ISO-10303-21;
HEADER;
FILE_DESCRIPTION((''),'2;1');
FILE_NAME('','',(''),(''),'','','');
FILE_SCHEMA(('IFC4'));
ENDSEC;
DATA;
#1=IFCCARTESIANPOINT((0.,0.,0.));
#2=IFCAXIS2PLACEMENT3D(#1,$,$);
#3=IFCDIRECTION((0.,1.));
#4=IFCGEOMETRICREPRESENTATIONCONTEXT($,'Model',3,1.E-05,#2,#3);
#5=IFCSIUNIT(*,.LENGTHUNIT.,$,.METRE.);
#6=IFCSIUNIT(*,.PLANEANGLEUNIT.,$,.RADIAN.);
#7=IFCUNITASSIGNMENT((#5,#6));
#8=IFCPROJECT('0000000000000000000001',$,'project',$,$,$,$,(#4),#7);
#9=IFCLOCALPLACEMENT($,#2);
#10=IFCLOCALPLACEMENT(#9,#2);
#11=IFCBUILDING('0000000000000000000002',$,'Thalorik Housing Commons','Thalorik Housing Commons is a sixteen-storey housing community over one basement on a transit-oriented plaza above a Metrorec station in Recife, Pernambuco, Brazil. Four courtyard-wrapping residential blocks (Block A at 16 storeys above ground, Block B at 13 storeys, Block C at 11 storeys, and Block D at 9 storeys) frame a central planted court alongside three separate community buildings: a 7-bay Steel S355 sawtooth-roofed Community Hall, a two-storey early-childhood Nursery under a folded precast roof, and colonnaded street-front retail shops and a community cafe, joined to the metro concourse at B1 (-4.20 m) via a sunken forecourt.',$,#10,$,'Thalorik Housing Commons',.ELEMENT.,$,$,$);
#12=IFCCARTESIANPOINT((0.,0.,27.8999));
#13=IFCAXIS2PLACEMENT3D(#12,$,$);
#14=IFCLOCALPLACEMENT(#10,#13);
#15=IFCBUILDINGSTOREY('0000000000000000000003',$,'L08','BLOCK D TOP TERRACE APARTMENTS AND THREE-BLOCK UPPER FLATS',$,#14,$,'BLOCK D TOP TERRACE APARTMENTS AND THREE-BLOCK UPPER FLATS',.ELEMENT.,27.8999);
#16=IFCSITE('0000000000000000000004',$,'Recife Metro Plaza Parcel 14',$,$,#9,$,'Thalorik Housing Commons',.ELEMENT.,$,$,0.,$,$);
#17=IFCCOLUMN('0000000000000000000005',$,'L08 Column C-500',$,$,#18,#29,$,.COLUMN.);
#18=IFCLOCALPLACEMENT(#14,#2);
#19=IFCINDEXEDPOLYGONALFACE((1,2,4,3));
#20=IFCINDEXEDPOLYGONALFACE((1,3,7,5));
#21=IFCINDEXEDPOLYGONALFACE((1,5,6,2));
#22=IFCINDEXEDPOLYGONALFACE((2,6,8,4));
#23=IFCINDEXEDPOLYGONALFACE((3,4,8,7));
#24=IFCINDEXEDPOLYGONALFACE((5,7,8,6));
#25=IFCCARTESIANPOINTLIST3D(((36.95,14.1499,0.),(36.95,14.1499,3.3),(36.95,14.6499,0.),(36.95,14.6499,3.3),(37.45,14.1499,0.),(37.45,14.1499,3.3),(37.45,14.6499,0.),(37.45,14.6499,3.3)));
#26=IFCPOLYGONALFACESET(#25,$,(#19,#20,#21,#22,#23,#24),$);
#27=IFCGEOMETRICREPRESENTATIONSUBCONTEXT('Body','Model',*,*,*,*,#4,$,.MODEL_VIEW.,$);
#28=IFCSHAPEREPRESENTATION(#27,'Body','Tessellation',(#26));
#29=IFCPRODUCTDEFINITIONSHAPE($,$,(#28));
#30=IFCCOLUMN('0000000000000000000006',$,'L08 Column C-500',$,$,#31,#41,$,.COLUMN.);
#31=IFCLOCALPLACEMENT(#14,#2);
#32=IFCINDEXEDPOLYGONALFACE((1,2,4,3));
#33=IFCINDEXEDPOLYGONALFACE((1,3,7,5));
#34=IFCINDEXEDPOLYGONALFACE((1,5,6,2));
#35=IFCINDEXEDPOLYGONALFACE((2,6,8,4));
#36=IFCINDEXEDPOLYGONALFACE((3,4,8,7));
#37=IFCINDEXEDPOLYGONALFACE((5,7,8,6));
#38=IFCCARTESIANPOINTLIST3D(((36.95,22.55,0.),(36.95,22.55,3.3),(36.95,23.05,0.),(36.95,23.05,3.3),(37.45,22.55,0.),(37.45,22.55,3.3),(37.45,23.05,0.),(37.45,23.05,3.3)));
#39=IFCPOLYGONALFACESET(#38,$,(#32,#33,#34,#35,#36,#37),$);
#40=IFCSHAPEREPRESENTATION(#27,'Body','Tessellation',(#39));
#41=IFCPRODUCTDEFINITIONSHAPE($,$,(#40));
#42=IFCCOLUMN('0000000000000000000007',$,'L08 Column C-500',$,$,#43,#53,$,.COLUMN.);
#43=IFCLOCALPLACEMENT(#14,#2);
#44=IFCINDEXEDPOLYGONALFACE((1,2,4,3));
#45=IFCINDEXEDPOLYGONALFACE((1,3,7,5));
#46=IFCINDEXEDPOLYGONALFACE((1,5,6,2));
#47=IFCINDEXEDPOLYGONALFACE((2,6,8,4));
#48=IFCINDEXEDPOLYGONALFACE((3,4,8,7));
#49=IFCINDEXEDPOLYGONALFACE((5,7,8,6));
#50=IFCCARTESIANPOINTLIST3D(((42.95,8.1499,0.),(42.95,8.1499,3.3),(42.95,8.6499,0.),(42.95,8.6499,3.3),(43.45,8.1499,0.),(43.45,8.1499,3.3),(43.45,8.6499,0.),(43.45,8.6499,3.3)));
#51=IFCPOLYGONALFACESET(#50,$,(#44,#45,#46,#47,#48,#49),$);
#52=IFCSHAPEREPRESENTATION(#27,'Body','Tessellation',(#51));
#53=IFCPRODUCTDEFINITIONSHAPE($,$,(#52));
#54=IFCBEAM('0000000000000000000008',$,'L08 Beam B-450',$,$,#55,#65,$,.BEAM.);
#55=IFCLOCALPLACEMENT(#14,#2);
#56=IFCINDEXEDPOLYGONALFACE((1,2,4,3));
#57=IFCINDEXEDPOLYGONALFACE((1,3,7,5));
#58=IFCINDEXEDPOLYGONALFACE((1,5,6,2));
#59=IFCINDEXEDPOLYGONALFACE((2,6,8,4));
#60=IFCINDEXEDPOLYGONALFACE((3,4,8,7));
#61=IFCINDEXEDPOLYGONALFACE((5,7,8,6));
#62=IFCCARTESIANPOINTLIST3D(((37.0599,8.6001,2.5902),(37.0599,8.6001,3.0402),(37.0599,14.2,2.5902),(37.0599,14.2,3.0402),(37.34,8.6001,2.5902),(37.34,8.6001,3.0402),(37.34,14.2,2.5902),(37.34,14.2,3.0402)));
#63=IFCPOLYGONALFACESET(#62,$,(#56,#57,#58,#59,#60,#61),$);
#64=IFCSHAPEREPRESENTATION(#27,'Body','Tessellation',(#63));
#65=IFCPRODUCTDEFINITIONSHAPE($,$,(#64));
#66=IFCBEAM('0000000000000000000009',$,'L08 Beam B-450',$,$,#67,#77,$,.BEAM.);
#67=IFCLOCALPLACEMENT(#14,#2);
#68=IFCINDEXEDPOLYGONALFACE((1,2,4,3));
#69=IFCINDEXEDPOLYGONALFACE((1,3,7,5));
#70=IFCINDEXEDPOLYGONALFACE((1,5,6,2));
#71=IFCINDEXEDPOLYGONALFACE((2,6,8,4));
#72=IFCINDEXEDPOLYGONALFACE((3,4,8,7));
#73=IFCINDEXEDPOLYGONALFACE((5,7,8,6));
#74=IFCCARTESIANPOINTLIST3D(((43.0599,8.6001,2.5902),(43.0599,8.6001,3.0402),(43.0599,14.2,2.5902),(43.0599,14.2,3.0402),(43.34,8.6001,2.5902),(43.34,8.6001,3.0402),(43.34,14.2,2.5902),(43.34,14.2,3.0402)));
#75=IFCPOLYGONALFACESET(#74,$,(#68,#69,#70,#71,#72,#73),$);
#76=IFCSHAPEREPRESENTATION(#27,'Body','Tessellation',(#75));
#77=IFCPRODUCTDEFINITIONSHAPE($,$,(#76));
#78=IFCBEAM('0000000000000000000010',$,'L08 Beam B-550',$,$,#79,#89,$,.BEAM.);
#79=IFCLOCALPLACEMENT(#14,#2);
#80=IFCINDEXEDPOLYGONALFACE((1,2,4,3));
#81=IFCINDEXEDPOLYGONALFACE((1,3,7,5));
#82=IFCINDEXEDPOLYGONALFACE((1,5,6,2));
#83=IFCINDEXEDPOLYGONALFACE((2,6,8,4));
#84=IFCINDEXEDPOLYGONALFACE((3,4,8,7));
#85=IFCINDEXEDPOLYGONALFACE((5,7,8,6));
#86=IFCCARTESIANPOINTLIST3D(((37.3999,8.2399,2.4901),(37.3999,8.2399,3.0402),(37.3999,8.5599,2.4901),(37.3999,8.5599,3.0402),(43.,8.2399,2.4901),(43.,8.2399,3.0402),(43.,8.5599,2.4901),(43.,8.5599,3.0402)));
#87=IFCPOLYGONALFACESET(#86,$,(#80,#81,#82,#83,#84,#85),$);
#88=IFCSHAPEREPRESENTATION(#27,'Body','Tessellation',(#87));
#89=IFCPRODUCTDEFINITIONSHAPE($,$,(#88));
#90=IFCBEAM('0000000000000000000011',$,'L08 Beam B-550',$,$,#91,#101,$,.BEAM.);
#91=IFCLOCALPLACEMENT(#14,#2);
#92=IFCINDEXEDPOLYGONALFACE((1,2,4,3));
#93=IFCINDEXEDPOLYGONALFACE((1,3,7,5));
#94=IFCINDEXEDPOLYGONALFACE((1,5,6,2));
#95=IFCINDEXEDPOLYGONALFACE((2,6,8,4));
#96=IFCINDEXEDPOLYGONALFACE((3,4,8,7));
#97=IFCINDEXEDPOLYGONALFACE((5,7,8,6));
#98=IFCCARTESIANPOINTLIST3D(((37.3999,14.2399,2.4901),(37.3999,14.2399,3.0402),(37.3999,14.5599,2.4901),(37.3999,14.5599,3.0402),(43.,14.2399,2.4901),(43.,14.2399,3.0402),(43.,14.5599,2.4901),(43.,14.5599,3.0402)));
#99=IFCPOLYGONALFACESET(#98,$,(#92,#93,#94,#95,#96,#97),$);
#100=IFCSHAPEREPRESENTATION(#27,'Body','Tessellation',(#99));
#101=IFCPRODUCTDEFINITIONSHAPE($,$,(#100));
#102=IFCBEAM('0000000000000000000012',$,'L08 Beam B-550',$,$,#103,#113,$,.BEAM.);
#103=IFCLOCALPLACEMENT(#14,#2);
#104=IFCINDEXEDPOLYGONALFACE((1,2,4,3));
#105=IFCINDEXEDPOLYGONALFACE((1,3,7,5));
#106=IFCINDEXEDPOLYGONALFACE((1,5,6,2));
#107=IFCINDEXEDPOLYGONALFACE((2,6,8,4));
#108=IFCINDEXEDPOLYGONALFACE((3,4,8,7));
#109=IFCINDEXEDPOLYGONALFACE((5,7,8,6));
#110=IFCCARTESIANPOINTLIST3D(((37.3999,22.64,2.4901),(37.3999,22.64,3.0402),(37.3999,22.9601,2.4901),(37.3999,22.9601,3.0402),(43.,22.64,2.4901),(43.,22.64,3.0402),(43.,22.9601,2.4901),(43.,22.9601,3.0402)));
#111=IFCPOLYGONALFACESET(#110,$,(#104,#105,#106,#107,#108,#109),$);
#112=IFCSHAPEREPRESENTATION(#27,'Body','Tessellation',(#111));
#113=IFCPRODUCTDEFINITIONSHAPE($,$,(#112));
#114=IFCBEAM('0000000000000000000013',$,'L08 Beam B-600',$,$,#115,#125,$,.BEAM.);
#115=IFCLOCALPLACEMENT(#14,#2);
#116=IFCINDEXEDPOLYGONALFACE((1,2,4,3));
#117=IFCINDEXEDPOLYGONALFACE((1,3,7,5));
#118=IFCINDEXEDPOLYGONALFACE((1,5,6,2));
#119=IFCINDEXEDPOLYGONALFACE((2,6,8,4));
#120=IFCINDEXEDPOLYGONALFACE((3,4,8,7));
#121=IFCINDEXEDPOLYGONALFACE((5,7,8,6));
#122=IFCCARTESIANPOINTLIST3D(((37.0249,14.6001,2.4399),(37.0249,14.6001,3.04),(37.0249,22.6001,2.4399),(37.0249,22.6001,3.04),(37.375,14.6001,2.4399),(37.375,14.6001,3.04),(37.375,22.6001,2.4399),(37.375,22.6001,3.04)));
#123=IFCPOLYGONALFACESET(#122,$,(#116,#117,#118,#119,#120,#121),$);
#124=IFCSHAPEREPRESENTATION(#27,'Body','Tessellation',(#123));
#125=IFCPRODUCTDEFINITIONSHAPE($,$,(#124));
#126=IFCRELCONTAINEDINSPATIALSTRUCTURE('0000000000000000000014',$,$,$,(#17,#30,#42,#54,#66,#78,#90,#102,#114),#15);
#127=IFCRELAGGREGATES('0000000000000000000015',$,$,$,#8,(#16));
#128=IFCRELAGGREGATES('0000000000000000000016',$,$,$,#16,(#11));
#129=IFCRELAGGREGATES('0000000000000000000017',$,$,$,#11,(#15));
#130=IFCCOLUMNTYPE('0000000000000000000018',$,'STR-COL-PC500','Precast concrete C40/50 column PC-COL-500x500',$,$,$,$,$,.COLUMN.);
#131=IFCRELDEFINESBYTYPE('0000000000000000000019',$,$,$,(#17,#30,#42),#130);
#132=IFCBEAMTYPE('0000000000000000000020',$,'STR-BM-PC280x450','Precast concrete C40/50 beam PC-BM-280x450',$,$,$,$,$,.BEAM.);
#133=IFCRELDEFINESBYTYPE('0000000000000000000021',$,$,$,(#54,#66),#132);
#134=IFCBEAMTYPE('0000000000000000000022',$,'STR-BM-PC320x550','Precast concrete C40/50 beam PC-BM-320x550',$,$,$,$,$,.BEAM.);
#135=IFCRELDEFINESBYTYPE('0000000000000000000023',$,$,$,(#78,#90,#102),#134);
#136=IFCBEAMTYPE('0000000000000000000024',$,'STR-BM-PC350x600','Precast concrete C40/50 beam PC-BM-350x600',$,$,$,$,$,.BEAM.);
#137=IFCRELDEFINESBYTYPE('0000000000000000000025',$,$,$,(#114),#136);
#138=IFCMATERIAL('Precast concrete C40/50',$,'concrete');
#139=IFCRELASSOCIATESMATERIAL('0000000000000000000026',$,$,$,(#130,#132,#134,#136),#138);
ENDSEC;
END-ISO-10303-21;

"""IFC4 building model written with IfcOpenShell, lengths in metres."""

from ifc_helpers import new_model, si_unit, direction, frame, origin, origin_2d, place, context, subcontext, project, spatial, rectangle, extrude, material, material_profile, profile_set, type_object, element, save


model = new_model("IFC4")

# Units and contexts
model_context = context("Model", 3, precision=1e-05, world=origin(), true_north=direction((0.0, 1.0)))
body_context = subcontext(model_context, "Body", "Model", "MODEL_VIEW")
ifc_project = project(units=[si_unit("LENGTHUNIT", "METRE"), si_unit("PLANEANGLEUNIT", "RADIAN")], contexts=[model_context])

# Site, building, storey
site_placement = place(None, origin())
site = spatial("IfcSite", under=ifc_project, at=site_placement, Name="Recife Metro Plaza Parcel 14", LongName="Thalorik Housing Commons", CompositionType="ELEMENT", RefElevation=0.0)
building_placement = place(site_placement, origin())
building = spatial("IfcBuilding", under=site, at=building_placement, Name="Thalorik Housing Commons", Description="Thalorik Housing Commons is a sixteen-storey housing community over one basement on a transit-oriented plaza above a Metrorec station in Recife, Pernambuco, Brazil. Four courtyard-wrapping residential blocks (Block A at 16 storeys above ground, Block B at 13 storeys, Block C at 11 storeys, and Block D at 9 storeys) frame a central planted court alongside three separate community buildings: a 7-bay Steel S355 sawtooth-roofed Community Hall, a two-storey early-childhood Nursery under a folded precast roof, and colonnaded street-front retail shops and a community cafe, joined to the metro concourse at B1 (-4.20 m) via a sunken forecourt.", LongName="Thalorik Housing Commons", CompositionType="ELEMENT")
storey_placement = place(building_placement, frame((0.0, 0.0, 27.8999)))
storey = spatial("IfcBuildingStorey", under=building, at=storey_placement, Name="L08", Description="BLOCK D TOP TERRACE APARTMENTS AND THREE-BLOCK UPPER FLATS", LongName="BLOCK D TOP TERRACE APARTMENTS AND THREE-BLOCK UPPER FLATS", CompositionType="ELEMENT", Elevation=27.8999)

# Columns
ifc_material_1 = material(Name="Precast concrete C40/50", Category="concrete")
ifc_material_profile_1 = material_profile(ifc_material_1, rectangle(XDim=0.5, YDim=0.5, at=origin_2d()), Name="PC 500x500", Category="concrete")
ifc_profile_set_1 = profile_set([ifc_material_profile_1], Name="Precast concrete C40/50")
column_type = type_object("IfcColumnType", Name="STR-COL-PC500", Description="Precast concrete C40/50 column PC-COL-500x500", PredefinedType="COLUMN", material=ifc_profile_set_1)
for number, where, z_axis, x_axis, name in (
    (1, (37.2, 14.3999, 0.0), (0.0, 0.0, 1.0), (1.0, 0.0, 0.0), "L08 Column C-500"),
    (2, (37.2, 22.8, 0.0), (0.0, 0.0, 1.0), (1.0, 0.0, 0.0), "L08 Column C-500"),
    (3, (43.2, 8.3999, 0.0), (0.0, 0.0, 1.0), (1.0, 0.0, 0.0), "L08 Column C-500"),
):
    element("IfcColumn", number, at=place(storey_placement, frame(where, z_axis=z_axis, x_axis=x_axis)), inside=storey, type_object=column_type, Name=name, PredefinedType="COLUMN", context=body_context, shape_type="SweptSolid", body=[
        extrude(rectangle(XDim=0.5, YDim=0.5, at=origin_2d()), origin(), (0.0, 0.0, 1.0), 3.3),
    ])

# Beams
ifc_material_profile_2 = material_profile(ifc_material_1, rectangle(XDim=0.28, YDim=0.45, at=origin_2d()), Name="PC 280x450", Category="concrete")
ifc_profile_set_2 = profile_set([ifc_material_profile_2], Name="Precast concrete C40/50")
beam_type_1 = type_object("IfcBeamType", Name="STR-BM-PC280x450", Description="Precast concrete C40/50 beam PC-BM-280x450", PredefinedType="BEAM", material=ifc_profile_set_2)
for number, where, z_axis, x_axis, name in (
    (4, (37.2, 8.6001, 2.8152), (0.0, 1.0, 0.0), (-1.0, 0.0, 0.0), "L08 Beam B-450"),
    (5, (43.2, 8.6001, 2.8152), (0.0, 1.0, 0.0), (-1.0, 0.0, 0.0), "L08 Beam B-450"),
):
    element("IfcBeam", number, at=place(storey_placement, frame(where, z_axis=z_axis, x_axis=x_axis)), inside=storey, type_object=beam_type_1, Name=name, PredefinedType="BEAM", context=body_context, shape_type="SweptSolid", body=[
        extrude(rectangle(XDim=0.28, YDim=0.45, at=origin_2d()), origin(), (0.0, 0.0, 1.0), 5.5999),
    ])
ifc_material_profile_3 = material_profile(ifc_material_1, rectangle(XDim=0.3201, YDim=0.55, at=origin_2d()), Name="PC 320x550", Category="concrete")
ifc_profile_set_3 = profile_set([ifc_material_profile_3], Name="Precast concrete C40/50")
beam_type_2 = type_object("IfcBeamType", Name="STR-BM-PC320x550", Description="Precast concrete C40/50 beam PC-BM-320x550", PredefinedType="BEAM", material=ifc_profile_set_3)
for number, where, z_axis, x_axis, name in (
    (6, (37.3999, 8.3999, 2.7651), (1.0, 0.0, 0.0), (0.0, 1.0, 0.0), "L08 Beam B-550"),
    (7, (37.3999, 14.3999, 2.7651), (1.0, 0.0, 0.0), (0.0, 1.0, 0.0), "L08 Beam B-550"),
    (8, (37.3999, 22.8, 2.7651), (1.0, 0.0, 0.0), (0.0, 1.0, 0.0), "L08 Beam B-550"),
):
    element("IfcBeam", number, at=place(storey_placement, frame(where, z_axis=z_axis, x_axis=x_axis)), inside=storey, type_object=beam_type_2, Name=name, PredefinedType="BEAM", context=body_context, shape_type="SweptSolid", body=[
        extrude(rectangle(XDim=0.3201, YDim=0.55, at=origin_2d()), origin(), (0.0, 0.0, 1.0), 5.6001),
    ])
ifc_material_profile_4 = material_profile(ifc_material_1, rectangle(XDim=0.3501, YDim=0.6001, at=origin_2d()), Name="PC 350x600", Category="concrete")
ifc_profile_set_4 = profile_set([ifc_material_profile_4], Name="Precast concrete C40/50")
beam_type_3 = type_object("IfcBeamType", Name="STR-BM-PC350x600", Description="Precast concrete C40/50 beam PC-BM-350x600", PredefinedType="BEAM", material=ifc_profile_set_4)
beam_placement = place(storey_placement, frame((37.2, 14.6001, 2.74), z_axis=(0.0, 1.0, 0.0), x_axis=(-1.0, 0.0, 0.0)))
element("IfcBeam", 9, at=beam_placement, inside=storey, type_object=beam_type_3, Name="L08 Beam B-600", PredefinedType="BEAM", context=body_context, shape_type="SweptSolid", body=[
    extrude(rectangle(XDim=0.3501, YDim=0.6001, at=origin_2d()), origin(), (0.0, 0.0, 1.0), 8.0),
])

save(model, "model.ifc")
